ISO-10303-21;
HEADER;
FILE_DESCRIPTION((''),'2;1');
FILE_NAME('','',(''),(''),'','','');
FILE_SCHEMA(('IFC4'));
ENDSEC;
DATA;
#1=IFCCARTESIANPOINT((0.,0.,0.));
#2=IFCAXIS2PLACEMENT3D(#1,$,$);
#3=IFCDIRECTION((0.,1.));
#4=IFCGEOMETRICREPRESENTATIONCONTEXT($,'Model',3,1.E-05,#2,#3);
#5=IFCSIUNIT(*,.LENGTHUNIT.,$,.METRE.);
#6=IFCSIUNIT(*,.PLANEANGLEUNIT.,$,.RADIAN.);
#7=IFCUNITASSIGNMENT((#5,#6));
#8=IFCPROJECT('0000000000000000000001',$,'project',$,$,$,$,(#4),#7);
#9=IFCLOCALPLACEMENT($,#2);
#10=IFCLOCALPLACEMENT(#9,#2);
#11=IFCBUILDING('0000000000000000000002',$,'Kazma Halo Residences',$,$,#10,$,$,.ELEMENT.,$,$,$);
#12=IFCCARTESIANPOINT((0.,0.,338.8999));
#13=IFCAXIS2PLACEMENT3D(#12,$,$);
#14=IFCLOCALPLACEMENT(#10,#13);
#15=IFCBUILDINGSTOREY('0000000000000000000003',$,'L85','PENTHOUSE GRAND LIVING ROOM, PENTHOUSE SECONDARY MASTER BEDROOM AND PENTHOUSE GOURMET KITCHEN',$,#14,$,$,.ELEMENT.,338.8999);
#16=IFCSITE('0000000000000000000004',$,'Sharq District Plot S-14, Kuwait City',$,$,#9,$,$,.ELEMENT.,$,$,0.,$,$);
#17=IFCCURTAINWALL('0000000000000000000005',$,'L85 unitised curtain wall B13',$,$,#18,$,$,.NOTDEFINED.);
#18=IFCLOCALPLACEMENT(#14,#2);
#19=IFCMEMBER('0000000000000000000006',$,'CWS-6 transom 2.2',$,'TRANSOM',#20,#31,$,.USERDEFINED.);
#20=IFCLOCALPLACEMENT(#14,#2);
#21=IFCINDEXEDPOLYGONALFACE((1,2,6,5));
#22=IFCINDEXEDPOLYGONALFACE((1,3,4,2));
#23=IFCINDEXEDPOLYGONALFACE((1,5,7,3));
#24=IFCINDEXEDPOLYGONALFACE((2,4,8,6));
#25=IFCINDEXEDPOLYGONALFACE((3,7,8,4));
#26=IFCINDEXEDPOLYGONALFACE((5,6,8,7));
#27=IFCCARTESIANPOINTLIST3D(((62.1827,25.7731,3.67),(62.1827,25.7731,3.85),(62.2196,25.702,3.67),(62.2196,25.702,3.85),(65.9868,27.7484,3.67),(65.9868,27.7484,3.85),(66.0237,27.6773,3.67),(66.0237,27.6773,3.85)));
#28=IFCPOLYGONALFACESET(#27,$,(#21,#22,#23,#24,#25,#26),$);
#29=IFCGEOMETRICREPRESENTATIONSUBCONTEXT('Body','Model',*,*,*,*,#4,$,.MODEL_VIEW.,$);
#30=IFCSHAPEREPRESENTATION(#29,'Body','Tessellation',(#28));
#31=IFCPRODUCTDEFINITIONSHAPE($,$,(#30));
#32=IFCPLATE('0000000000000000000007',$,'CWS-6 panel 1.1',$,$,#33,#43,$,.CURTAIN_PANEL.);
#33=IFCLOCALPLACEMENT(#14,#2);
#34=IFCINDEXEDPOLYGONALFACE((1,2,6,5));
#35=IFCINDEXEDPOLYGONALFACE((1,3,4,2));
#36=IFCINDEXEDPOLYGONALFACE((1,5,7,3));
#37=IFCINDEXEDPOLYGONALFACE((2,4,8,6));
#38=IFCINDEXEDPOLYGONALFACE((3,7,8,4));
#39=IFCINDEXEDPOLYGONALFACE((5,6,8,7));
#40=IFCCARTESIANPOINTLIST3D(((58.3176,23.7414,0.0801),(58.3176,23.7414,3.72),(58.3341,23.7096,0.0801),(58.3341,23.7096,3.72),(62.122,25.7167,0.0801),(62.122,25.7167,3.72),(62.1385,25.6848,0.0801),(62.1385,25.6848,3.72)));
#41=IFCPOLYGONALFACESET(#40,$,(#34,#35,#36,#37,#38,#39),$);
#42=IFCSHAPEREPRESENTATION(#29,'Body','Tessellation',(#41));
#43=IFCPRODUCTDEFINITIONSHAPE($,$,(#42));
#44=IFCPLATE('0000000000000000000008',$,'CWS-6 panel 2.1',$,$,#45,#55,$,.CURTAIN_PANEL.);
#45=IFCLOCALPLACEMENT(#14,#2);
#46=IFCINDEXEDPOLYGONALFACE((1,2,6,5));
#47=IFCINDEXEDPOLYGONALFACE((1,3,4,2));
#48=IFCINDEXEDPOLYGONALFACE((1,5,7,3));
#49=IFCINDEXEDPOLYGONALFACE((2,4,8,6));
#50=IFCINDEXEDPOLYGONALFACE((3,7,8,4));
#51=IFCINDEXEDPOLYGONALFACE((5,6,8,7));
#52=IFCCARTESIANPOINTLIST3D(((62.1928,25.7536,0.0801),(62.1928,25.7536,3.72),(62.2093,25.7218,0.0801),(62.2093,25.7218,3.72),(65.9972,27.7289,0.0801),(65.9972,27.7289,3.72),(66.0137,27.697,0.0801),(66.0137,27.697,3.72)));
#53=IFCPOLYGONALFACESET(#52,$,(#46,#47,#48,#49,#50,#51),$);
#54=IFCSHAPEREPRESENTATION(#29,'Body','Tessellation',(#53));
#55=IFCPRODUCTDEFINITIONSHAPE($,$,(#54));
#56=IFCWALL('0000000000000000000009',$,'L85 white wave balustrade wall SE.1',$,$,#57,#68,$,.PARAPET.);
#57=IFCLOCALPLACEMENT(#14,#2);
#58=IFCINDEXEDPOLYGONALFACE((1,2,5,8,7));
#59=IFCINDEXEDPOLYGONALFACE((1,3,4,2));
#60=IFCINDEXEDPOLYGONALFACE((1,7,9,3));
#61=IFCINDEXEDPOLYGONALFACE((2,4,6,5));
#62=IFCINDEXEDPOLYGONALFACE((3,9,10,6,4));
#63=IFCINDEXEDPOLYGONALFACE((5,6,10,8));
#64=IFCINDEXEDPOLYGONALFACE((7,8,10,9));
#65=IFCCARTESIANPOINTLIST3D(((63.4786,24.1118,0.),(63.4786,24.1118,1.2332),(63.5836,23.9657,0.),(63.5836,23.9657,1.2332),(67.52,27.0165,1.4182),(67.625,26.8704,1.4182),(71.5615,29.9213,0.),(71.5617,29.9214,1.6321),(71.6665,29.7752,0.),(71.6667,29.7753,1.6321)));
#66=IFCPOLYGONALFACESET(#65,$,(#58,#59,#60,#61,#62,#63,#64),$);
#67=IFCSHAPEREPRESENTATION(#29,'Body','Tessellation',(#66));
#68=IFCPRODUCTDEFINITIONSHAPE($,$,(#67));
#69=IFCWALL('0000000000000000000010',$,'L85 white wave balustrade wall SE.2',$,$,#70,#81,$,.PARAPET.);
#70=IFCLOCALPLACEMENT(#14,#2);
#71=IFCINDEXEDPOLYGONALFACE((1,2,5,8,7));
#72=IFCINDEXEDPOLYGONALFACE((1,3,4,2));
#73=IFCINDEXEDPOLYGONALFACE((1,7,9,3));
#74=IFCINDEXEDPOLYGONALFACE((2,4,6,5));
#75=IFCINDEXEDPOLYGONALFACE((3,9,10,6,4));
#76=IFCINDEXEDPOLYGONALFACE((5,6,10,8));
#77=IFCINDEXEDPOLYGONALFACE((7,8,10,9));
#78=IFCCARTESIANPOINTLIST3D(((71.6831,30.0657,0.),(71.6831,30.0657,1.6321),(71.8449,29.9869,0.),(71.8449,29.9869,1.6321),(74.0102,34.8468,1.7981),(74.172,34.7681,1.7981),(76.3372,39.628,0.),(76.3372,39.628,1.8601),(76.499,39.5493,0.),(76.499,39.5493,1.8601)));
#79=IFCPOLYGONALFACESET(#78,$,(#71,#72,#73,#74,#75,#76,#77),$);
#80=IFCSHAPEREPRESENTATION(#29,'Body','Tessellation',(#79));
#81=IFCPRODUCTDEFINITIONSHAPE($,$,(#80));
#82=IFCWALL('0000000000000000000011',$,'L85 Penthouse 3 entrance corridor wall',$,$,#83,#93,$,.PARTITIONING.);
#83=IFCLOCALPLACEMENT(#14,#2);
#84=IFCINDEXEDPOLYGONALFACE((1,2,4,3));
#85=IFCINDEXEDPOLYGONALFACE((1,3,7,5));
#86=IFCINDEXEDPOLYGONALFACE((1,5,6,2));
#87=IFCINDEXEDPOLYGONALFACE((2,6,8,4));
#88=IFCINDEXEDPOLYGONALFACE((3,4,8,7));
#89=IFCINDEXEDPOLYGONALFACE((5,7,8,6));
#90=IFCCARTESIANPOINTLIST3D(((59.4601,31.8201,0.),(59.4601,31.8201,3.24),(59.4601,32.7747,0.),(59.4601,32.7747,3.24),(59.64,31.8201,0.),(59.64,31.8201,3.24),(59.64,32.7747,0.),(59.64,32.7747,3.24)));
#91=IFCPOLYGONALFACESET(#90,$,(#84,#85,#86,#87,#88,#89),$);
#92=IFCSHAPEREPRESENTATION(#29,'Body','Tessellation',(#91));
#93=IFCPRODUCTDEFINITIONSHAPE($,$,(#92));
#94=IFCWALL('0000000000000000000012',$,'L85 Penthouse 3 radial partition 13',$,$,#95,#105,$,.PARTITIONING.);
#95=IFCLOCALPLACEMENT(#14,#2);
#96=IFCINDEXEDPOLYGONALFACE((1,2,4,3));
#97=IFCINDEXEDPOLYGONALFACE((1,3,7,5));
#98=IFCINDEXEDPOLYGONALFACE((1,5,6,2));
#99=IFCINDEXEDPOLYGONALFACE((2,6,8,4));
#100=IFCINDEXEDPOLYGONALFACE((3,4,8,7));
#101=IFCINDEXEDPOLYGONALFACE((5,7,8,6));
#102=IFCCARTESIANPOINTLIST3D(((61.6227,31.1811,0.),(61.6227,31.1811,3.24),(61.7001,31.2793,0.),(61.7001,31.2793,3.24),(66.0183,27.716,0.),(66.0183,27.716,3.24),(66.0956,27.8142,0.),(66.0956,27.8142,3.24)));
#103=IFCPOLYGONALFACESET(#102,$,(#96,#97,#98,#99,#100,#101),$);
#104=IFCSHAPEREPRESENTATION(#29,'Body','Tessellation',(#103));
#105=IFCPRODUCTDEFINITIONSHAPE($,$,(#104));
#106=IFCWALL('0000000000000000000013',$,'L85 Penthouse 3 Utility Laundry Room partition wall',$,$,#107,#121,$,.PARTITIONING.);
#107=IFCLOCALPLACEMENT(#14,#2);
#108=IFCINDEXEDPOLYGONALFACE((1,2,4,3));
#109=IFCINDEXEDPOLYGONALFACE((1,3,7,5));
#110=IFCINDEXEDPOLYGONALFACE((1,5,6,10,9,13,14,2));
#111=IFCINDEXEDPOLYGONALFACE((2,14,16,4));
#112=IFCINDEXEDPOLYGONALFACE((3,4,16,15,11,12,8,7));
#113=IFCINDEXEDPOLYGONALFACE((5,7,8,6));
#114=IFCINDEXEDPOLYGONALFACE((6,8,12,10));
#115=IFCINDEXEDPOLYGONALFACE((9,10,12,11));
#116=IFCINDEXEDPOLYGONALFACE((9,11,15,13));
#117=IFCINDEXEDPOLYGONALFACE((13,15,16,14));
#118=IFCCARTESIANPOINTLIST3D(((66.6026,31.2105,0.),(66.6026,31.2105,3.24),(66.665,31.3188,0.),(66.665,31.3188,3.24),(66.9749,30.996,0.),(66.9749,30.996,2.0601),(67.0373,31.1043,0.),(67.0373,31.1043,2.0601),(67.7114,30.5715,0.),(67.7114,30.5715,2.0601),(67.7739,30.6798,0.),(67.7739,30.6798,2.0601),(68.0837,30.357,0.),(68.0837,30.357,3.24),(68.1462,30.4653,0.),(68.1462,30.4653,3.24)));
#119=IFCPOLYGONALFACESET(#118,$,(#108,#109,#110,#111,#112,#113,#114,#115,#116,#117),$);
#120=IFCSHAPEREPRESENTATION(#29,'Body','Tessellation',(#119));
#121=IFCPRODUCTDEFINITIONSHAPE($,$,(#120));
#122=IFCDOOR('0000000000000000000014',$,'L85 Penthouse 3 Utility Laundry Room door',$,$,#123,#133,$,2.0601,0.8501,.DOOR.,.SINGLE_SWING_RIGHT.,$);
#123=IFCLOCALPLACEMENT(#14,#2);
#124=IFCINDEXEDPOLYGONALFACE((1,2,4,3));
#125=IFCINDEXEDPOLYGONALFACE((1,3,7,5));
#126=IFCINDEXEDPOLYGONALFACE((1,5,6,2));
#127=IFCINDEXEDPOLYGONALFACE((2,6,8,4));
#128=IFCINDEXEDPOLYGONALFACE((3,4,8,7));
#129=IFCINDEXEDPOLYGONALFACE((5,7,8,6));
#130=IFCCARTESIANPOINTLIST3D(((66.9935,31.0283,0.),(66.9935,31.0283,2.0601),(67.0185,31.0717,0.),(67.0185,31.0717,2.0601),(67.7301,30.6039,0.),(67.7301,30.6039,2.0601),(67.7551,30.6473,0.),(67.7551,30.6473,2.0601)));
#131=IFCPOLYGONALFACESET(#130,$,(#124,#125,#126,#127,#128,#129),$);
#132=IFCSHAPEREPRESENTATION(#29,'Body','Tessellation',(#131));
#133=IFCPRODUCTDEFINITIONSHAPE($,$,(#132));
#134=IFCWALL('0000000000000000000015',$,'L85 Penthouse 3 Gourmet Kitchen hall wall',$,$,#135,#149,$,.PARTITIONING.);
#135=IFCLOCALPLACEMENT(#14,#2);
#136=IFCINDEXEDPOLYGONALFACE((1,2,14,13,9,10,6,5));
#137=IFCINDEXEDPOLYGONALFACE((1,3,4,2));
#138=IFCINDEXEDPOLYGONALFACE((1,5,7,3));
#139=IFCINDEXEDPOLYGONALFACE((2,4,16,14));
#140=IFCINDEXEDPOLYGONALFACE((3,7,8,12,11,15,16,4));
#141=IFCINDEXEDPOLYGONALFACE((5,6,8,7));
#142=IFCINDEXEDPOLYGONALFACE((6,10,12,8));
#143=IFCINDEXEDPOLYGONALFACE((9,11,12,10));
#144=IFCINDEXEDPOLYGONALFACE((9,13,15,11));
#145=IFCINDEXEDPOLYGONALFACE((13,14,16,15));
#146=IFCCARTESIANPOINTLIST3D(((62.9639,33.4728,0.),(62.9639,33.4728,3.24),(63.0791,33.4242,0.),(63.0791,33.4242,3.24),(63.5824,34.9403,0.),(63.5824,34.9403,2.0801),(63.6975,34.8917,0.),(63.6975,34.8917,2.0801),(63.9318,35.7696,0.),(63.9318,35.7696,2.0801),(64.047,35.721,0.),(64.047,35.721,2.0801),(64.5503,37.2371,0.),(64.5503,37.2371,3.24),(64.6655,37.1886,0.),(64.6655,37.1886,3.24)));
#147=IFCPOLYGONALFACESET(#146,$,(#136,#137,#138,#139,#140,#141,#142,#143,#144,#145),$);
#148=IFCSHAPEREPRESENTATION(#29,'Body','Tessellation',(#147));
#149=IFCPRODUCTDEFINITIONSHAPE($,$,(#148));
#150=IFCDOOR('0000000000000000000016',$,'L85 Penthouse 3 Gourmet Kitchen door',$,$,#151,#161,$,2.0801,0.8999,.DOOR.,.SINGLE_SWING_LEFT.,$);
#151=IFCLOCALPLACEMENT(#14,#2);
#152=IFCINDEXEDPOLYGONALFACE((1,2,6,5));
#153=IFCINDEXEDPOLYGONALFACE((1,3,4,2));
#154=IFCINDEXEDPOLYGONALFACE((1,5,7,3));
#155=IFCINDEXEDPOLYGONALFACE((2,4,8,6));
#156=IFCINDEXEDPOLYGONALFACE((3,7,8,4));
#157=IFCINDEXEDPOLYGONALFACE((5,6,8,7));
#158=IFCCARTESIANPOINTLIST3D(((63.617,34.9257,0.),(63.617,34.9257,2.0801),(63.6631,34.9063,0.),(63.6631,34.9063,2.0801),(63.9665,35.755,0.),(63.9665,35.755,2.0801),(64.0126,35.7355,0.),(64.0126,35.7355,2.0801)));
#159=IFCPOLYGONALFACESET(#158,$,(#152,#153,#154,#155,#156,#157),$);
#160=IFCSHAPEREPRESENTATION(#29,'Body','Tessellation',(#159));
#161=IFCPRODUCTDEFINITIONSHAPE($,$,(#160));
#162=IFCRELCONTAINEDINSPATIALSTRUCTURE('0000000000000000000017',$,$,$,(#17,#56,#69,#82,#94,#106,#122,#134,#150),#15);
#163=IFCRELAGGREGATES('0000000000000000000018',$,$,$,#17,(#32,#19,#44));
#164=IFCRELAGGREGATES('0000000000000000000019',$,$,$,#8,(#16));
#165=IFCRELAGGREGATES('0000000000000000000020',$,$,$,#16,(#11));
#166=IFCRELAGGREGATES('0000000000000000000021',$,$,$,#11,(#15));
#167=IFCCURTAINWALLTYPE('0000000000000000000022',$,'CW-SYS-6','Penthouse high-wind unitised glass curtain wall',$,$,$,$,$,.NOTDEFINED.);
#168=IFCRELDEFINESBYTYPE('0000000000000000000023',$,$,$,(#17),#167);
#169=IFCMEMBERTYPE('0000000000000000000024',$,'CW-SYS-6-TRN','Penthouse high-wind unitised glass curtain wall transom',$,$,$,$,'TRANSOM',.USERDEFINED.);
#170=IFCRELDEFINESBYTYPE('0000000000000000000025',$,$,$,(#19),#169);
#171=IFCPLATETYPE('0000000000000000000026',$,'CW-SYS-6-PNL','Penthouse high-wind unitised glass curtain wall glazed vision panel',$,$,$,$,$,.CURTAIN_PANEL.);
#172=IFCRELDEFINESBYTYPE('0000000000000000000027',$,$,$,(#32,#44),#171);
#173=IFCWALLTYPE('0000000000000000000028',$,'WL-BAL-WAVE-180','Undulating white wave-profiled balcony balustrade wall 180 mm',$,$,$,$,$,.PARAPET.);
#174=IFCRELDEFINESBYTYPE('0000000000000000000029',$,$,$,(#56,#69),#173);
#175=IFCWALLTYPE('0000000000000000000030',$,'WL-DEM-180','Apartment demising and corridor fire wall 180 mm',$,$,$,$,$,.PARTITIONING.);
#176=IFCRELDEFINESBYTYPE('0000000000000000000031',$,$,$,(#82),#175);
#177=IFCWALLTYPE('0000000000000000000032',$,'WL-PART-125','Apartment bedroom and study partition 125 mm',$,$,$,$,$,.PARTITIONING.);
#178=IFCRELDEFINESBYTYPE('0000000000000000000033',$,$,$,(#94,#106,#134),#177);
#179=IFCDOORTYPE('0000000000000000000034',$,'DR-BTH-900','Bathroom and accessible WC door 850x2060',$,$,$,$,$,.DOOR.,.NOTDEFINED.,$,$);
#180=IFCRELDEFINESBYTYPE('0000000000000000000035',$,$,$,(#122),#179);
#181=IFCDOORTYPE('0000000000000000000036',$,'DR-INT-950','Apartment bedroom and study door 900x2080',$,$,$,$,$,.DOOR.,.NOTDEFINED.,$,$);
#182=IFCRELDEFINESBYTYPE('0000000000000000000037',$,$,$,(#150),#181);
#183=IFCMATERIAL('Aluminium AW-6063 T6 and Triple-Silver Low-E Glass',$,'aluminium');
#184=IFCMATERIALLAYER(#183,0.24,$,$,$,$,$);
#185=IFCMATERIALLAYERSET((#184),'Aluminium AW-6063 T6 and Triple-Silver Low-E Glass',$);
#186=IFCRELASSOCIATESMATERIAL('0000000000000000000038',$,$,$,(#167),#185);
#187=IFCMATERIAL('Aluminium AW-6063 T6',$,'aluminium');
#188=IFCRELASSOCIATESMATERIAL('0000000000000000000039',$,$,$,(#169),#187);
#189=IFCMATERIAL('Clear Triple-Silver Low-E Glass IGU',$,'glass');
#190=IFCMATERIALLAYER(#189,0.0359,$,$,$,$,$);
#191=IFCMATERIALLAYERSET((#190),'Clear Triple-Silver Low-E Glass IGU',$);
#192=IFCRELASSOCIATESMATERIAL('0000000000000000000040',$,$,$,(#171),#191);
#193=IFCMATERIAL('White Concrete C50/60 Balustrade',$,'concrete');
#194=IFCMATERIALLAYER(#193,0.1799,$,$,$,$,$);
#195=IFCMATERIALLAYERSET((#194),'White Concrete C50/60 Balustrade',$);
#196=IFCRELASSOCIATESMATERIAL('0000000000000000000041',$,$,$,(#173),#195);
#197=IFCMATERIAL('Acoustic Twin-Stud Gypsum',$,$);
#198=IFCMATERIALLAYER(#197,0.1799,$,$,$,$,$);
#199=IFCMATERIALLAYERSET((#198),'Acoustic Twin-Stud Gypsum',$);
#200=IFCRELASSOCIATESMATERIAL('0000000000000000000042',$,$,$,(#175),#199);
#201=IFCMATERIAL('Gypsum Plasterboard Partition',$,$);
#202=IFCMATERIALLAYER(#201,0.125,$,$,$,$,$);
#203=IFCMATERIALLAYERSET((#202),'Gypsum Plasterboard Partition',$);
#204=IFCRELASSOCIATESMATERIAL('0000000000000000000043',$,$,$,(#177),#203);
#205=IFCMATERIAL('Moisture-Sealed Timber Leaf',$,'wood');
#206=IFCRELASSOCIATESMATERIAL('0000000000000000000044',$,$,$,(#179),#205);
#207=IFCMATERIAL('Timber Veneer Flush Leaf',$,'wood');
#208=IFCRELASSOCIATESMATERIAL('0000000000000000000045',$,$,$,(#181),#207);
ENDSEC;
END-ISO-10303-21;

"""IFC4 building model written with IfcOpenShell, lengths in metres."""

from ifc_helpers import new_model, si_unit, direction, frame, frame_2d, origin, origin_2d, place, context, subcontext, project, spatial, polyline, rectangle, outline, extrude, material, layer, layer_set, material_profile, profile_set, type_object, element, fill, aggregate, save


model = new_model("IFC4")

# Units and contexts
model_context = context("Model", 3, precision=1e-05, world=origin(), true_north=direction((0.0, 1.0)))
body_context = subcontext(model_context, "Body", "Model", "MODEL_VIEW")
ifc_project = project(units=[si_unit("LENGTHUNIT", "METRE"), si_unit("PLANEANGLEUNIT", "RADIAN")], contexts=[model_context])

# Site, building, storey
site_placement = place(None, origin())
site = spatial("IfcSite", under=ifc_project, at=site_placement, Name="Sharq District Plot S-14, Kuwait City", CompositionType="ELEMENT", RefElevation=0.0)
building_placement = place(site_placement, origin())
building = spatial("IfcBuilding", under=site, at=building_placement, Name="Kazma Halo Residences", CompositionType="ELEMENT")
storey_placement = place(building_placement, frame((0.0, 0.0, 338.8999)))
storey = spatial("IfcBuildingStorey", under=building, at=storey_placement, Name="L85", Description="PENTHOUSE GRAND LIVING ROOM, PENTHOUSE SECONDARY MASTER BEDROOM AND PENTHOUSE GOURMET KITCHEN", CompositionType="ELEMENT", Elevation=338.8999)

# Curtain wall, member, plates
ifc_material_1 = material(Name="Aluminium AW-6063 T6 and Triple-Silver Low-E Glass", Category="aluminium")
ifc_layer_1 = layer(ifc_material_1, 0.24)
ifc_layer_set_1 = layer_set([ifc_layer_1], Name="Aluminium AW-6063 T6 and Triple-Silver Low-E Glass")
curtain_wall_type = type_object("IfcCurtainWallType", Name="CW-SYS-6", Description="Penthouse high-wind unitised glass curtain wall", PredefinedType="NOTDEFINED", material=ifc_layer_set_1)
curtain_wall_placement = place(storey_placement, origin())
curtain_wall = element("IfcCurtainWall", 1, at=curtain_wall_placement, inside=storey, type_object=curtain_wall_type, Name="L85 unitised curtain wall B13", PredefinedType="NOTDEFINED")
ifc_material_2 = material(Name="Aluminium AW-6063 T6", Category="aluminium")
ifc_material_profile_1 = material_profile(ifc_material_2, rectangle(XDim=0.0801, YDim=0.1799, at=origin_2d()), Name="CWT-80x180")
ifc_profile_set_1 = profile_set([ifc_material_profile_1], Name="Aluminium AW-6063 T6")
member_type_1 = type_object("IfcMemberType", Name="CW-SYS-6-TRN", Description="Penthouse high-wind unitised glass curtain wall transom", ElementType="TRANSOM", PredefinedType="USERDEFINED", material=ifc_profile_set_1)
member_1_placement = place(storey_placement, frame((62.2012, 25.7375, 3.76), z_axis=(0.887488, 0.460831, 0.0), x_axis=(-0.460831, 0.887488, 0.0)))
member_1 = element("IfcMember", 2, at=member_1_placement, type_object=member_type_1, Name="CWS-6 transom 2.2", ObjectType="TRANSOM", PredefinedType="USERDEFINED", context=body_context, shape_type="SweptSolid", body=[
    extrude(rectangle(XDim=0.0801, YDim=0.1799, at=origin_2d()), origin(), (0.0, 0.0, 1.0), 4.2864),
])
ifc_material_3 = material(Name="Clear Triple-Silver Low-E Glass IGU", Category="glass")
ifc_layer_2 = layer(ifc_material_3, 0.0359)
ifc_layer_set_2 = layer_set([ifc_layer_2], Name="Clear Triple-Silver Low-E Glass IGU")
plate_type = type_object("IfcPlateType", Name="CW-SYS-6-PNL", Description="Penthouse high-wind unitised glass curtain wall glazed vision panel", PredefinedType="CURTAIN_PANEL", material=ifc_layer_set_2)
plate_1_placement = place(storey_placement, frame((60.228, 24.7131, 0.0801), z_axis=(0.0, 0.0, 1.0), x_axis=(0.887506, 0.460796, 0.0)))
plate_1 = element("IfcPlate", 3, at=plate_1_placement, type_object=plate_type, Name="CWS-6 panel 1.1", PredefinedType="CURTAIN_PANEL", context=body_context, shape_type="SweptSolid", body=[
    extrude(rectangle(XDim=4.2866, YDim=0.0359, at=origin_2d()), origin(), (0.0, 0.0, 1.0), 3.6399),
])
plate_2_placement = place(storey_placement, frame((64.1033, 26.7253, 0.0801), z_axis=(0.0, 0.0, 1.0), x_axis=(0.887506, 0.460796, 0.0)))
plate_2 = element("IfcPlate", 4, at=plate_2_placement, type_object=plate_type, Name="CWS-6 panel 2.1", PredefinedType="CURTAIN_PANEL", context=body_context, shape_type="SweptSolid", body=[
    extrude(rectangle(XDim=4.2866, YDim=0.0359, at=origin_2d()), origin(), (0.0, 0.0, 1.0), 3.6399),
])
aggregate(curtain_wall, [plate_1, member_1, plate_2])

# Walls
ifc_material_4 = material(Name="White Concrete C50/60 Balustrade", Category="concrete")
ifc_layer_3 = layer(ifc_material_4, 0.1799)
ifc_layer_set_3 = layer_set([ifc_layer_3], Name="White Concrete C50/60 Balustrade")
wall_type_1 = type_object("IfcWallType", Name="WL-BAL-WAVE-180", Description="Undulating white wave-profiled balcony balustrade wall 180 mm", PredefinedType="PARAPET", material=ifc_layer_set_3)
wall_1_placement = place(storey_placement, frame((63.531, 24.0388, 0.0), z_axis=(0.0, 0.0, 1.0), x_axis=(0.81202, 0.58363, 0.0)))
element("IfcWall", 5, at=wall_1_placement, inside=storey, type_object=wall_type_1, Name="L85 white wave balustrade wall SE.1", PredefinedType="PARAPET", context=body_context, shape_type="SweptSolid", body=[
    extrude(outline(polyline([(0.0, 0.0), (9.9541, 0.0), (9.9543, 1.6321), (4.9771, 1.4182), (0.0, 1.2332), (0.0, 0.0)])), frame((0.0, 0.0898, 0.0), z_axis=(0.0, -1.0, 0.0), x_axis=(1.0, 0.0, 0.0)), (0.0, 0.0, 1.0), 0.1799),
])
wall_2_placement = place(storey_placement, frame((71.7639, 30.0264, 0.0), z_axis=(0.0, 0.0, 1.0), x_axis=(0.437629, 0.899156, 0.0)))
element("IfcWall", 6, at=wall_2_placement, inside=storey, type_object=wall_type_1, Name="L85 white wave balustrade wall SE.2", PredefinedType="PARAPET", context=body_context, shape_type="SweptSolid", body=[
    extrude(outline(polyline([(0.0, 0.0), (10.6348, 0.0), (10.6348, 1.8601), (5.3174, 1.7981), (0.0, 1.6321), (0.0, 0.0)])), frame((0.0, 0.0898, 0.0), z_axis=(0.0, -1.0, 0.0), x_axis=(1.0, 0.0, 0.0)), (0.0, 0.0, 1.0), 0.1799),
])
ifc_material_5 = material(Name="Acoustic Twin-Stud Gypsum")
ifc_layer_4 = layer(ifc_material_5, 0.1799)
ifc_layer_set_4 = layer_set([ifc_layer_4], Name="Acoustic Twin-Stud Gypsum")
wall_type_2 = type_object("IfcWallType", Name="WL-DEM-180", Description="Apartment demising and corridor fire wall 180 mm", PredefinedType="PARTITIONING", material=ifc_layer_set_4)
wall_3_placement = place(storey_placement, frame((59.55, 31.8201, 0.0), z_axis=(0.0, 0.0, 1.0), x_axis=(0.0, 1.0, 0.0)))
element("IfcWall", 7, at=wall_3_placement, inside=storey, type_object=wall_type_2, Name="L85 Penthouse 3 entrance corridor wall", PredefinedType="PARTITIONING", context=body_context, shape_type="SweptSolid", body=[
    extrude(rectangle(XDim=0.9546, YDim=0.1799, at=frame_2d((0.4773, 0.0))), origin(), (0.0, 0.0, 1.0), 3.24),
])

# Wall
ifc_material_6 = material(Name="Gypsum Plasterboard Partition")
ifc_layer_5 = layer(ifc_material_6, 0.125)
ifc_layer_set_5 = layer_set([ifc_layer_5], Name="Gypsum Plasterboard Partition")
wall_type_3 = type_object("IfcWallType", Name="WL-PART-125", Description="Apartment bedroom and study partition 125 mm", PredefinedType="PARTITIONING", material=ifc_layer_set_5)
wall_4_placement = place(storey_placement, frame((61.6614, 31.2302, 0.0), z_axis=(0.0, 0.0, 1.0), x_axis=(0.785321, -0.619088, 0.0)))
element("IfcWall", 8, at=wall_4_placement, inside=storey, type_object=wall_type_3, Name="L85 Penthouse 3 radial partition 13", PredefinedType="PARTITIONING", context=body_context, shape_type="SweptSolid", body=[
    extrude(rectangle(XDim=5.5972, YDim=0.125, at=frame_2d((2.7986, 0.0))), origin(), (0.0, 0.0, 1.0), 3.24),
])

# Walls, openings, doors
wall_5_placement = place(storey_placement, frame((66.6338, 31.2646, 0.0), z_axis=(0.0, 0.0, 1.0), x_axis=(0.866445, -0.499273, 0.0)))
wall_5 = element("IfcWall", 9, at=wall_5_placement, inside=storey, type_object=wall_type_3, Name="L85 Penthouse 3 Utility Laundry Room partition wall", PredefinedType="PARTITIONING", context=body_context, shape_type="SweptSolid", body=[
    extrude(rectangle(XDim=1.7095, YDim=0.125, at=frame_2d((0.8547, 0.0))), origin(), (0.0, 0.0, 1.0), 3.24),
])
opening_1_placement = place(wall_5_placement, frame((0.4297, 0.0, 0.0)))
opening_1 = element("IfcOpeningElement", 10, at=opening_1_placement, cuts=wall_5, PredefinedType="OPENING", context=body_context, shape_type="SweptSolid", body=[
    extrude(rectangle(XDim=0.8501, YDim=2.0601, at=frame_2d((0.425, 1.03))), frame((0.0, 0.0725, 0.0), z_axis=(0.0, -1.0, 0.0), x_axis=(1.0, 0.0, 0.0)), (0.0, 0.0, 1.0), 0.145),
])
ifc_material_7 = material(Name="Moisture-Sealed Timber Leaf", Category="wood")
door_type_1 = type_object("IfcDoorType", Name="DR-BTH-900", Description="Bathroom and accessible WC door 850x2060", OperationType="NOTDEFINED", PredefinedType="DOOR", material=ifc_material_7)
door_1_placement = place(opening_1_placement, origin())
door_1 = element("IfcDoor", 11, at=door_1_placement, inside=storey, type_object=door_type_1, Name="L85 Penthouse 3 Utility Laundry Room door", OperationType="SINGLE_SWING_RIGHT", OverallHeight=2.0601, OverallWidth=0.8501, PredefinedType="DOOR", context=body_context, shape_type="SweptSolid", body=[
    extrude(rectangle(XDim=0.8501, YDim=2.0601, at=frame_2d((0.425, 1.03))), frame((0.0, 0.0249, 0.0), z_axis=(0.0, -1.0, 0.0), x_axis=(1.0, 0.0, 0.0)), (0.0, 0.0, 1.0), 0.05),
])
fill(opening_1, door_1)
wall_6_placement = place(storey_placement, frame((63.0215, 33.4485, 0.0), z_axis=(0.0, 0.0, 1.0), x_axis=(0.388351, 0.921512, 0.0)))
wall_6 = element("IfcWall", 12, at=wall_6_placement, inside=storey, type_object=wall_type_3, Name="L85 Penthouse 3 Gourmet Kitchen hall wall", PredefinedType="PARTITIONING", context=body_context, shape_type="SweptSolid", body=[
    extrude(rectangle(XDim=4.085, YDim=0.125, at=frame_2d((2.0425, 0.0))), origin(), (0.0, 0.0, 1.0), 3.24),
])
opening_2_placement = place(wall_6_placement, frame((1.5925, 0.0, 0.0)))
opening_2 = element("IfcOpeningElement", 13, at=opening_2_placement, cuts=wall_6, PredefinedType="OPENING", context=body_context, shape_type="SweptSolid", body=[
    extrude(rectangle(XDim=0.8999, YDim=2.0801, at=frame_2d((0.45, 1.04))), frame((0.0, 0.0725, 0.0), z_axis=(0.0, -1.0, 0.0), x_axis=(1.0, 0.0, 0.0)), (0.0, 0.0, 1.0), 0.145),
])
ifc_material_8 = material(Name="Timber Veneer Flush Leaf", Category="wood")
door_type_2 = type_object("IfcDoorType", Name="DR-INT-950", Description="Apartment bedroom and study door 900x2080", OperationType="NOTDEFINED", PredefinedType="DOOR", material=ifc_material_8)
door_2_placement = place(opening_2_placement, origin())
door_2 = element("IfcDoor", 14, at=door_2_placement, inside=storey, type_object=door_type_2, Name="L85 Penthouse 3 Gourmet Kitchen door", OperationType="SINGLE_SWING_LEFT", OverallHeight=2.0801, OverallWidth=0.8999, PredefinedType="DOOR", context=body_context, shape_type="SweptSolid", body=[
    extrude(rectangle(XDim=0.8999, YDim=2.0801, at=frame_2d((0.45, 1.04))), frame((0.0, 0.0249, 0.0), z_axis=(0.0, -1.0, 0.0), x_axis=(1.0, 0.0, 0.0)), (0.0, 0.0, 1.0), 0.05),
])
fill(opening_2, door_2)

save(model, "model.ifc")
